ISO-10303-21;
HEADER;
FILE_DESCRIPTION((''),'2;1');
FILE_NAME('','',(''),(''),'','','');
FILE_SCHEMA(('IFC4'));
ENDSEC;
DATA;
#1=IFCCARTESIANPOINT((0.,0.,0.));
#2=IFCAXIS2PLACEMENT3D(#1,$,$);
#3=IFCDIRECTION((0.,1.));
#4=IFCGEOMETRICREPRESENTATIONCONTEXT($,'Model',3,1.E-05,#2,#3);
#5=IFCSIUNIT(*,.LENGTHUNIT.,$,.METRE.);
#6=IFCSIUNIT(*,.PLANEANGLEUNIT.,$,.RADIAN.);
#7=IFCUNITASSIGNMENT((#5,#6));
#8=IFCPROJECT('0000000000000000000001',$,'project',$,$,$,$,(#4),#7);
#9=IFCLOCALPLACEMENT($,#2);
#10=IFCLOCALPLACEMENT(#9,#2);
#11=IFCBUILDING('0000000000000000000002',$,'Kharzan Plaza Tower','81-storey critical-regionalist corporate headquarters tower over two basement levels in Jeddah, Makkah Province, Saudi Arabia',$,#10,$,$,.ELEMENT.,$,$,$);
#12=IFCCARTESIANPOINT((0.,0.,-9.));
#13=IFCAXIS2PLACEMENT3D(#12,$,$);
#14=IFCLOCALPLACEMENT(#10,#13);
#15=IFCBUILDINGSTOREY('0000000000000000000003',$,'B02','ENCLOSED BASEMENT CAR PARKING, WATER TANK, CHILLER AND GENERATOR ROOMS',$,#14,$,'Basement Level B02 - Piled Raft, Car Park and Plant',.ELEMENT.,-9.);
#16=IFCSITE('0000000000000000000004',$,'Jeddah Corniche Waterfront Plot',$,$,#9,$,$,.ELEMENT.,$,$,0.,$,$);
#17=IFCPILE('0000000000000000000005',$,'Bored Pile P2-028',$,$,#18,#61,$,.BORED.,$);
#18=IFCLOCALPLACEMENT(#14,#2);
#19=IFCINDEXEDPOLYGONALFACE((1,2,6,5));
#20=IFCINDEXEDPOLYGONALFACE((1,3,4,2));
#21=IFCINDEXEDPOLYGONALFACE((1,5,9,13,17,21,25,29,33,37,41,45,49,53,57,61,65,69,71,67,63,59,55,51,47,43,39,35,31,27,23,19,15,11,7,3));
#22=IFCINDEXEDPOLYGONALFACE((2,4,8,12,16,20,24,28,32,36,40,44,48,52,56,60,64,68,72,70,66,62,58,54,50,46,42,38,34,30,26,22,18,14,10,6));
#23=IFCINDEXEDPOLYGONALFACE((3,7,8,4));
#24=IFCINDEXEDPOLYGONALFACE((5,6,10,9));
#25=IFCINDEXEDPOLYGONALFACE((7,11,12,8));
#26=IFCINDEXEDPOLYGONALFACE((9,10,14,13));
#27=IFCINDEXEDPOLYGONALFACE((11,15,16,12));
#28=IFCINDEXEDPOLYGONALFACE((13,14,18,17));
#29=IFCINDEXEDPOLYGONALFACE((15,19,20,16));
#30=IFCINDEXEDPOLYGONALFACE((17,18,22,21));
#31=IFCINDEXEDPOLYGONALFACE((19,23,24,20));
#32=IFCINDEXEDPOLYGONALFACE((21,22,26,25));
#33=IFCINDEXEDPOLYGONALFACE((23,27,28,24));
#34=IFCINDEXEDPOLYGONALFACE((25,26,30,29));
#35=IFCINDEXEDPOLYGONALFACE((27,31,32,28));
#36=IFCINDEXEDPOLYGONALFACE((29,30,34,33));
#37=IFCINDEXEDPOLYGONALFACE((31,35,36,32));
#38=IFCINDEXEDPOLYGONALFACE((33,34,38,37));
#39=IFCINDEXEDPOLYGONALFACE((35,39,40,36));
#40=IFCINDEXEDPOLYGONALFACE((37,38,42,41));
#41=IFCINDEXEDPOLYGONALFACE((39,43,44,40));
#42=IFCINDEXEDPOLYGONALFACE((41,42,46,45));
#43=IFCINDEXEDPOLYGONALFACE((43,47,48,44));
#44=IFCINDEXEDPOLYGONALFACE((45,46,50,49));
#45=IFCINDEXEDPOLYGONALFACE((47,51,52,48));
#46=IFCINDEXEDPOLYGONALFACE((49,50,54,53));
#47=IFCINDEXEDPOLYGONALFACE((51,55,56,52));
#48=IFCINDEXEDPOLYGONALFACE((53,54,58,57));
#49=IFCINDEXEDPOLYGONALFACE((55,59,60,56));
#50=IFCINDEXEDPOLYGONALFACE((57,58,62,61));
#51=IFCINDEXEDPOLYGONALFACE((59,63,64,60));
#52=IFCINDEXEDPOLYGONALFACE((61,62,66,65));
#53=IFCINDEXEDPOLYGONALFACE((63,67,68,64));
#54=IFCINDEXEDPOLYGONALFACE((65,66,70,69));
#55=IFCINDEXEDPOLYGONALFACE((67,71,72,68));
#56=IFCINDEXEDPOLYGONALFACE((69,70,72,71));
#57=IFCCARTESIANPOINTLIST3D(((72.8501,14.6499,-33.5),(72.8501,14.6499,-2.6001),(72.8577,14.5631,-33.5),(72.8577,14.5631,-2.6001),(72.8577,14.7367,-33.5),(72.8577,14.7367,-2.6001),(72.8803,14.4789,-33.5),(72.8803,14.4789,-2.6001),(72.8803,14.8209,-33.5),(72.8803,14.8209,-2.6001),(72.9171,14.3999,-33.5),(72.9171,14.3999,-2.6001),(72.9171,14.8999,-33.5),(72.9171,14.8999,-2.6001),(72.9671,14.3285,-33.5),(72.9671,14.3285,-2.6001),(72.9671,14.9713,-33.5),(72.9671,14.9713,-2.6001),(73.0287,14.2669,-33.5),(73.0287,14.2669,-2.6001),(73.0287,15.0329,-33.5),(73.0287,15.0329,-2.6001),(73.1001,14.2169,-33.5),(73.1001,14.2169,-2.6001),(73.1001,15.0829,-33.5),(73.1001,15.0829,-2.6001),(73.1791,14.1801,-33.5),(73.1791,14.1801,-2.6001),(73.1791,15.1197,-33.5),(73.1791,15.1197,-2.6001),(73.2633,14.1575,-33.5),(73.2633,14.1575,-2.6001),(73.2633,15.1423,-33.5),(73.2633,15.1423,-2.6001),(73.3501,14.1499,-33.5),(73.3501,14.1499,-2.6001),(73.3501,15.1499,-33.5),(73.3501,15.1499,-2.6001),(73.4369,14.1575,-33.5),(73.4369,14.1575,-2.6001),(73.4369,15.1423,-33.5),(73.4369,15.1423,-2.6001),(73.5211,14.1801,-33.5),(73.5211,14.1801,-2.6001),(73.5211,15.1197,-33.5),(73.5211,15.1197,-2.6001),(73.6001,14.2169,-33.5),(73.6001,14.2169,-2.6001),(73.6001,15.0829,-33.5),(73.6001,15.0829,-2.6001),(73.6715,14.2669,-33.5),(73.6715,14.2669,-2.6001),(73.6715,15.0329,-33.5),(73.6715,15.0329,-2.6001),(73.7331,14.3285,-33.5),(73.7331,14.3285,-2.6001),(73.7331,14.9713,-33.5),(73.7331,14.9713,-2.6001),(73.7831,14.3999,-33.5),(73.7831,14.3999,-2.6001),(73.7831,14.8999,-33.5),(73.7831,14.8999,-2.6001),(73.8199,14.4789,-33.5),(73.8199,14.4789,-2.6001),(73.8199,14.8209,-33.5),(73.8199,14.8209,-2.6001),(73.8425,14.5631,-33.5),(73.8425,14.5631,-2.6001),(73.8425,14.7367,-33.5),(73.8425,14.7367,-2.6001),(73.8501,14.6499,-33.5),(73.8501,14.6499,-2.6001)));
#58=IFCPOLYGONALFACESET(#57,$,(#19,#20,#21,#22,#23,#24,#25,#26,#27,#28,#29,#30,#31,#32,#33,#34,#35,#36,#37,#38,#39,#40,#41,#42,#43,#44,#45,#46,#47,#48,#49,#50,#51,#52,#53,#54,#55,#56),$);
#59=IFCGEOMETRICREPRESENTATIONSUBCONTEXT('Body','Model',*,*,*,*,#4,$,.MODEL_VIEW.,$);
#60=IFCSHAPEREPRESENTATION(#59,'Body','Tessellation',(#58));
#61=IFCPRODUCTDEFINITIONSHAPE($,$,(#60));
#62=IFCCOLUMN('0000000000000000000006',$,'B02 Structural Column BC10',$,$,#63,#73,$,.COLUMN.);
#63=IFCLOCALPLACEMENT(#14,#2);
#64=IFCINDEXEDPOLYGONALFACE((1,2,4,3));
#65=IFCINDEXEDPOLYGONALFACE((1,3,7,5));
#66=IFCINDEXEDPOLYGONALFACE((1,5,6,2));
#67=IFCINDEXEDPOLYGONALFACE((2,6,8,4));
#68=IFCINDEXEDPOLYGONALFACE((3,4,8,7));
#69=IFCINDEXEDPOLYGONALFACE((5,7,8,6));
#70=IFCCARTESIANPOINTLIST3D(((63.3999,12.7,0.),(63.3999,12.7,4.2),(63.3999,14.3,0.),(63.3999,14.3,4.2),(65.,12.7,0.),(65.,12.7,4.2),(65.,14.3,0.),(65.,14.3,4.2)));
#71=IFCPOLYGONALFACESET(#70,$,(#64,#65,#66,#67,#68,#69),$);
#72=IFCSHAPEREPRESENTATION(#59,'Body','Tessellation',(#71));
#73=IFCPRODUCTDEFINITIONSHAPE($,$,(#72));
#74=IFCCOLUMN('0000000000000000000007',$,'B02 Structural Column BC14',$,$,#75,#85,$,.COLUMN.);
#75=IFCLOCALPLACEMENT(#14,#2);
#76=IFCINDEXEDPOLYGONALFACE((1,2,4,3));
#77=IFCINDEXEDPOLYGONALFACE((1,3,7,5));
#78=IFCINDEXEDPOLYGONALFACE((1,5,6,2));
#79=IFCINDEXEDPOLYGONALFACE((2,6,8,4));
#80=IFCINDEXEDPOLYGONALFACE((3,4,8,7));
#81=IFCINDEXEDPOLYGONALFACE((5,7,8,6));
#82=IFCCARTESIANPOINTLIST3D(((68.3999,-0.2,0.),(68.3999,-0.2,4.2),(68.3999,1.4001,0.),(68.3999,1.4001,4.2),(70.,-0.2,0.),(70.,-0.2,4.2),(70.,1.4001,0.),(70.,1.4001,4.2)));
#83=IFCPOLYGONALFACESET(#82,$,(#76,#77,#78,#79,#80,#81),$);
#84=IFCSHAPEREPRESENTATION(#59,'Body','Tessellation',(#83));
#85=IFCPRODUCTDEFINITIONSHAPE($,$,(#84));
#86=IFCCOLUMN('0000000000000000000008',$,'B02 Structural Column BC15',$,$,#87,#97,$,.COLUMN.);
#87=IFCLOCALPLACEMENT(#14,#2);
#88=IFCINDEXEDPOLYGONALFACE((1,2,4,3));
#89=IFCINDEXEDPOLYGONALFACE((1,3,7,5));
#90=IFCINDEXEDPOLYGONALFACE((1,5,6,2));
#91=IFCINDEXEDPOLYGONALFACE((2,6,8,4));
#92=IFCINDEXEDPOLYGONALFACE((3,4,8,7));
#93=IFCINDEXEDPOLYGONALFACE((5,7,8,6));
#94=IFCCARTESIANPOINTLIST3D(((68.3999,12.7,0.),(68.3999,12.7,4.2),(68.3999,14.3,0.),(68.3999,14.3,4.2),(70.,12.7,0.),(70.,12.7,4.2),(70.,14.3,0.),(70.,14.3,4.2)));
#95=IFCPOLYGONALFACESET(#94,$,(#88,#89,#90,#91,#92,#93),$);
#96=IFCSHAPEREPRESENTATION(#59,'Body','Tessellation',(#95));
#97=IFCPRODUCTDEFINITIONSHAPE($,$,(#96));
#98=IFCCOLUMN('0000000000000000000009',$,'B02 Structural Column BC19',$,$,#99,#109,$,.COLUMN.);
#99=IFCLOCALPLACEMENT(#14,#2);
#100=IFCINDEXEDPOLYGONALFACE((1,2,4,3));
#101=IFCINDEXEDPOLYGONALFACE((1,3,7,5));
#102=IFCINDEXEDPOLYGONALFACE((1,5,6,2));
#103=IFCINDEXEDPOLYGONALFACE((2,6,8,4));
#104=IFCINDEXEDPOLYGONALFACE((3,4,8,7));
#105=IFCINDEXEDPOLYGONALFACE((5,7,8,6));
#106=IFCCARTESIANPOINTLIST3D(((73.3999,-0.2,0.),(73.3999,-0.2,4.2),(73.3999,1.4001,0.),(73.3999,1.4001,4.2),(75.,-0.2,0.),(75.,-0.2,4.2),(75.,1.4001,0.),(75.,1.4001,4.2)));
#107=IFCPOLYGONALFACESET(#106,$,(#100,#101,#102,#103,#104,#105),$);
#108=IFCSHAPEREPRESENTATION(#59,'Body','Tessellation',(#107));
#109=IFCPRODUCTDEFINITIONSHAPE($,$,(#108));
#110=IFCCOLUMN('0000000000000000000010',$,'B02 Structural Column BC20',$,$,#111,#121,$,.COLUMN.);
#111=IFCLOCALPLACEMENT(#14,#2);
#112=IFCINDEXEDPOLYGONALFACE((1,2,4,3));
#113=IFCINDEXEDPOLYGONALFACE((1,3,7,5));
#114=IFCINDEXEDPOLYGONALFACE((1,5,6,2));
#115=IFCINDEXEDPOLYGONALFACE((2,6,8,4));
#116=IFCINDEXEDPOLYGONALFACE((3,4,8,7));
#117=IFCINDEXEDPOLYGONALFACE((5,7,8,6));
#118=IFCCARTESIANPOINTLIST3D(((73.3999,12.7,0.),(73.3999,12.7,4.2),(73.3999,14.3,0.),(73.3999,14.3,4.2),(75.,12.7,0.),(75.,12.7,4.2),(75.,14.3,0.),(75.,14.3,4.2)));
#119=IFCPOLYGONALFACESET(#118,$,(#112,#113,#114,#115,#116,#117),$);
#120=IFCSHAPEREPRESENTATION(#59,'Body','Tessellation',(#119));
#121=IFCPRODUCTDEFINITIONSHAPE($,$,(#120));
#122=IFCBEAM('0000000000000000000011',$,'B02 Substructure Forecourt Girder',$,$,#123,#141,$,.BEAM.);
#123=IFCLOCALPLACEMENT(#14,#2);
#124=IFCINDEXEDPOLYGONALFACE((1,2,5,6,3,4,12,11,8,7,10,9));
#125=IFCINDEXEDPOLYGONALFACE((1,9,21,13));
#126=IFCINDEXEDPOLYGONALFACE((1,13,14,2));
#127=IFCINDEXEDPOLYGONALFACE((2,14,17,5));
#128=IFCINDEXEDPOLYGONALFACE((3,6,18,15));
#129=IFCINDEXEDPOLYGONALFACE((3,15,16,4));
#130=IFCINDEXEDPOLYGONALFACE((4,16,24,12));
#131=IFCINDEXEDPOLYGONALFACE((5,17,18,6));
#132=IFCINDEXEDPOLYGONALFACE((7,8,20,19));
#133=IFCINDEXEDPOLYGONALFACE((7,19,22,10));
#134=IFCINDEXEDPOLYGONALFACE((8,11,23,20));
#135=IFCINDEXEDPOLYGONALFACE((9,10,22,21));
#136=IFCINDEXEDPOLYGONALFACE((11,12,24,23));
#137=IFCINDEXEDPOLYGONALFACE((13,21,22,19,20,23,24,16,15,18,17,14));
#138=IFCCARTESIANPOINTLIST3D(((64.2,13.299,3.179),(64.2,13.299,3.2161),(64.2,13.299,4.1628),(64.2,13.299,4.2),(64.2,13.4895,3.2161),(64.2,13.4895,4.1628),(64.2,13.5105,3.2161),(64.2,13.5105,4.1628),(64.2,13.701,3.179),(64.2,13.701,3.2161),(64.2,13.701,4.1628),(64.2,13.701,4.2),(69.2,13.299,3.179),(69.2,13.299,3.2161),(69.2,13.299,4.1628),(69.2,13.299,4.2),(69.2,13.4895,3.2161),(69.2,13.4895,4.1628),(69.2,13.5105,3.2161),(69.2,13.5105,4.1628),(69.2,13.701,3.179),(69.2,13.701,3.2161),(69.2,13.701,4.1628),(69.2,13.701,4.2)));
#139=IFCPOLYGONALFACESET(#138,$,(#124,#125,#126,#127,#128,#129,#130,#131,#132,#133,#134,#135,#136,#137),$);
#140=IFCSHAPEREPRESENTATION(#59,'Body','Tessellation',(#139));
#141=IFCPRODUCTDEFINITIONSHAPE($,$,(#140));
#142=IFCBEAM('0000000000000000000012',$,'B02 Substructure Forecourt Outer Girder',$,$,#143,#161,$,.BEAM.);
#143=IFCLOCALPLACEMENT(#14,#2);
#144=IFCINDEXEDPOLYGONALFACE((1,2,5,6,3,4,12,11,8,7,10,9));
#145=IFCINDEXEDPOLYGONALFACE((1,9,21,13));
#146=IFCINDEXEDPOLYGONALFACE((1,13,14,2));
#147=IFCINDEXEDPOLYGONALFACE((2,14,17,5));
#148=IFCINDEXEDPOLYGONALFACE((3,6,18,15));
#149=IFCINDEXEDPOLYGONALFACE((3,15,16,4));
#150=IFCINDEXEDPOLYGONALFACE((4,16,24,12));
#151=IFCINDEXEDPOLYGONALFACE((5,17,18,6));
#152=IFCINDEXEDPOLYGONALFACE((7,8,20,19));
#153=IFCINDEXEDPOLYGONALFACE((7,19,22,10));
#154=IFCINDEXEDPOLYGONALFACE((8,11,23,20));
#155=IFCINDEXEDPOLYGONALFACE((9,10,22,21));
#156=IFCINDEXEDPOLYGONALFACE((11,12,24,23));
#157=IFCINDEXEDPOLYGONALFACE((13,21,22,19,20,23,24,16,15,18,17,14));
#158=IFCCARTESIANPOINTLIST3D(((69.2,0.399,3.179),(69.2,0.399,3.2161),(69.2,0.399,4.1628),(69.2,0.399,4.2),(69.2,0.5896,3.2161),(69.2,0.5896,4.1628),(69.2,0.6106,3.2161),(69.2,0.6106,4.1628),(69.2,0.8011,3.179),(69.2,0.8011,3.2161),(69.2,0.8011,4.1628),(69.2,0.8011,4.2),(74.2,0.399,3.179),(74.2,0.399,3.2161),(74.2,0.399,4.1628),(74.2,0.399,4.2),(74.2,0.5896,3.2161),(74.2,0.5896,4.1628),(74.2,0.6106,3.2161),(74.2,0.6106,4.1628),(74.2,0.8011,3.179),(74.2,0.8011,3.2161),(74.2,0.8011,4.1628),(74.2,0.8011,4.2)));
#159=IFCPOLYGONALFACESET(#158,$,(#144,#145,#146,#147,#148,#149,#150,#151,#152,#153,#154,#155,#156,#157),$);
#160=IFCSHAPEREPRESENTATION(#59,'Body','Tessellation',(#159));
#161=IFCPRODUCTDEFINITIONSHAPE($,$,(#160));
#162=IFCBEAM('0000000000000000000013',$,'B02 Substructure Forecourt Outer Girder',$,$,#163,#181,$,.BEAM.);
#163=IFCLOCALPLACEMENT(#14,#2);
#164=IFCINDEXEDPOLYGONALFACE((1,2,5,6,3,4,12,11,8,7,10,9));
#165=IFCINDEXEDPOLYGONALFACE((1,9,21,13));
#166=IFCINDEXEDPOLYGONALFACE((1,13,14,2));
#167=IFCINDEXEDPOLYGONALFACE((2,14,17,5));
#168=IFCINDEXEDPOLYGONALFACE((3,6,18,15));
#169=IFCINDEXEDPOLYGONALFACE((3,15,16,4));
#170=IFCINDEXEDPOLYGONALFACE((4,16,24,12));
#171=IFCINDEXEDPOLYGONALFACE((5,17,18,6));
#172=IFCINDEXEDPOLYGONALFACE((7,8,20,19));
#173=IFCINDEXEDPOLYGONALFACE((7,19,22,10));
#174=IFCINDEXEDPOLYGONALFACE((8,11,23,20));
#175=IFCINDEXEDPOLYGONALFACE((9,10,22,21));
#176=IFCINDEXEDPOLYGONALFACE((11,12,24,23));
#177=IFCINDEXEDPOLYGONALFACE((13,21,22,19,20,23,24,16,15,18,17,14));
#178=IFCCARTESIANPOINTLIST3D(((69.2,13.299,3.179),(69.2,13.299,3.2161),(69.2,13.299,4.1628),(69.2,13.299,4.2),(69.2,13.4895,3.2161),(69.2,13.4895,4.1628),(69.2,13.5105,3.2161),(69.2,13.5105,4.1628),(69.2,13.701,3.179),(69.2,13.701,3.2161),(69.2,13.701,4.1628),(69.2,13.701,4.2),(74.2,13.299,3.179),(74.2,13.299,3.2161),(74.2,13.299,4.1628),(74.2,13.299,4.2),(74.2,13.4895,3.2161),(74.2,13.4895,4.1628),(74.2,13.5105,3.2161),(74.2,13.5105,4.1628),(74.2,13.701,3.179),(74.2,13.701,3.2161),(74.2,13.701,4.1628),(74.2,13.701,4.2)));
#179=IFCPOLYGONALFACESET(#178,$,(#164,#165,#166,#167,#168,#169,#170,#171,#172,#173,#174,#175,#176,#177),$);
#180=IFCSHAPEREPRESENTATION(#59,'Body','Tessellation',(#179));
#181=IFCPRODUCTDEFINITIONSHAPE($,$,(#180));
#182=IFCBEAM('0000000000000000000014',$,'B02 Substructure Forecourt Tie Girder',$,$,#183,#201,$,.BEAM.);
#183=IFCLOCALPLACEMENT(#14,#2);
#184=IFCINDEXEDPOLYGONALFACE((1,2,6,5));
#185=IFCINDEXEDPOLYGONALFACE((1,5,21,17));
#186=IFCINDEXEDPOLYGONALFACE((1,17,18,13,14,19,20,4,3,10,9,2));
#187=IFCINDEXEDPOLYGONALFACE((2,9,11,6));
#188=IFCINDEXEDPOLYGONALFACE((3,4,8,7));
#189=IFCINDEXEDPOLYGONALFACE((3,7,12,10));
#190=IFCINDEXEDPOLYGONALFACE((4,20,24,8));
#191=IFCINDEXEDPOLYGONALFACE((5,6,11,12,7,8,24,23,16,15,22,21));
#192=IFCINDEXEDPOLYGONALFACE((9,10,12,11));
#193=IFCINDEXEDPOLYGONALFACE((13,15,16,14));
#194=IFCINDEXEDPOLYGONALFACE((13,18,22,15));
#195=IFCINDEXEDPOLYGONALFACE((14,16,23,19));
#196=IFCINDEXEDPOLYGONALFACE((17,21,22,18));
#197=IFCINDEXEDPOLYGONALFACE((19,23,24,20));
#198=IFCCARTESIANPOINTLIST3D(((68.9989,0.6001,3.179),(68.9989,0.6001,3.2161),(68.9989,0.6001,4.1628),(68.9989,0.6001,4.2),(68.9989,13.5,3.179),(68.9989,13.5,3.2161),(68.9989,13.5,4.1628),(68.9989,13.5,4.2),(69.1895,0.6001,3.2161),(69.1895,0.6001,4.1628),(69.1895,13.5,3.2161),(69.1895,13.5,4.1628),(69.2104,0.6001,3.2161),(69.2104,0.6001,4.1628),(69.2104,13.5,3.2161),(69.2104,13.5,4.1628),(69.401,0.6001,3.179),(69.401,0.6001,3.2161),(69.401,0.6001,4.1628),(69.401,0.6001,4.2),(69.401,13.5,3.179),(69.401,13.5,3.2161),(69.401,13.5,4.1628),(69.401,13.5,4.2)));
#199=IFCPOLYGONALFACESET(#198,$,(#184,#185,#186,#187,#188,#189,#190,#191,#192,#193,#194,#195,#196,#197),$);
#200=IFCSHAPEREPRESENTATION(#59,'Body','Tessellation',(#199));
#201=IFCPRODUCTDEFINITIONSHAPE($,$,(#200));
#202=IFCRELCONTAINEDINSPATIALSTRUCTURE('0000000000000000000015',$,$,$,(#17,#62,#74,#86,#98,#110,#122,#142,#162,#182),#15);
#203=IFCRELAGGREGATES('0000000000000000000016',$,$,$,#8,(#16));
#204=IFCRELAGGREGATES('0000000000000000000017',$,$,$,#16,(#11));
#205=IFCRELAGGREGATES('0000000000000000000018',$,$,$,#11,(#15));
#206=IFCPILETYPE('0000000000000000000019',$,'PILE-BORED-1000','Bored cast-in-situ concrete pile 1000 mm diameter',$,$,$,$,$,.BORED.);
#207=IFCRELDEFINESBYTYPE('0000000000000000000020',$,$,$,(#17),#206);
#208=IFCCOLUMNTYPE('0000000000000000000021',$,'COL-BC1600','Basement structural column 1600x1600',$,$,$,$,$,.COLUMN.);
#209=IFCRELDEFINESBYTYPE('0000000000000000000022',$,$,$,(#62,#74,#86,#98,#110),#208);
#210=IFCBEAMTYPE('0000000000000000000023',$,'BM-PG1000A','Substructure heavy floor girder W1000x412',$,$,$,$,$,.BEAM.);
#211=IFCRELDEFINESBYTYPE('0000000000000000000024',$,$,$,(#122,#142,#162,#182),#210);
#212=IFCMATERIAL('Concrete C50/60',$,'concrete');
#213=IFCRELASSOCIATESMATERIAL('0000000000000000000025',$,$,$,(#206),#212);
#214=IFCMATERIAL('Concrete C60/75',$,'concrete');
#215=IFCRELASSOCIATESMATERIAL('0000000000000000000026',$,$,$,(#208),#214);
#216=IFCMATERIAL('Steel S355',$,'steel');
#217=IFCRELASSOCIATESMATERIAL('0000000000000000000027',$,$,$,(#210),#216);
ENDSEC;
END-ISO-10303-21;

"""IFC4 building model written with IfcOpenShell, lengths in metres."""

from ifc_helpers import new_model, si_unit, direction, frame, origin, origin_2d, place, context, subcontext, project, spatial, rectangle, circle, i_section, extrude, source, transform, mapped, material, material_profile, profile_set, type_object, element, save


model = new_model("IFC4")

# Units and contexts
model_context = context("Model", 3, precision=1e-05, world=origin(), true_north=direction((0.0, 1.0)))
body_context = subcontext(model_context, "Body", "Model", "MODEL_VIEW")
ifc_project = project(units=[si_unit("LENGTHUNIT", "METRE"), si_unit("PLANEANGLEUNIT", "RADIAN")], contexts=[model_context])

# Site, building, storey
site_placement = place(None, origin())
site = spatial("IfcSite", under=ifc_project, at=site_placement, Name="Jeddah Corniche Waterfront Plot", CompositionType="ELEMENT", RefElevation=0.0)
building_placement = place(site_placement, origin())
building = spatial("IfcBuilding", under=site, at=building_placement, Name="Kharzan Plaza Tower", Description="81-storey critical-regionalist corporate headquarters tower over two basement levels in Jeddah, Makkah Province, Saudi Arabia", CompositionType="ELEMENT")
storey_placement = place(building_placement, frame((0.0, 0.0, -9.0)))
storey = spatial("IfcBuildingStorey", under=building, at=storey_placement, Name="B02", Description="ENCLOSED BASEMENT CAR PARKING, WATER TANK, CHILLER AND GENERATOR ROOMS", LongName="Basement Level B02 - Piled Raft, Car Park and Plant", CompositionType="ELEMENT", Elevation=-9.0)

# Shared definitions
ifc_material_1 = material(Name="Concrete C50/60", Category="concrete")

# Pile
ifc_material_profile_1 = material_profile(ifc_material_1, circle(Radius=0.5, at=origin_2d()), Name="PILE-D1000")
ifc_profile_set_1 = profile_set([ifc_material_profile_1], Name="Concrete C50/60")
pile_type = type_object("IfcPileType", Name="PILE-BORED-1000", Description="Bored cast-in-situ concrete pile 1000 mm diameter", PredefinedType="BORED", material=ifc_profile_set_1)
shared_shape_1 = source(origin(), body_context, "Body", "SweptSolid", [
    extrude(circle(Radius=0.5, at=origin_2d()), origin(), (0.0, 0.0, 1.0), 30.8999),
])
for number, where, z_axis, x_axis, name in (
    (1, (73.3501, 14.6499, -2.6001), (0.0, 0.0, -1.0), (1.0, 0.0, 0.0), "Bored Pile P2-028"),
):
    element("IfcPile", number, at=place(storey_placement, frame(where, z_axis=z_axis, x_axis=x_axis)), inside=storey, type_object=pile_type, Name=name, PredefinedType="BORED", context=body_context, shape_type="MappedRepresentation", body=[
        mapped(shared_shape_1, transform((0.0, 0.0, 0.0), x_axis=(1.0, 0.0, 0.0), y_axis=(0.0, 1.0, 0.0), z_axis=(0.0, 0.0, 1.0))),
    ])

# Columns
ifc_material_2 = material(Name="Concrete C60/75", Category="concrete")
ifc_material_profile_2 = material_profile(ifc_material_2, rectangle(XDim=1.6001, YDim=1.6001, at=origin_2d()), Name="RC-MC1600x1600")
ifc_profile_set_2 = profile_set([ifc_material_profile_2], Name="Concrete C60/75")
column_type = type_object("IfcColumnType", Name="COL-BC1600", Description="Basement structural column 1600x1600", PredefinedType="COLUMN", material=ifc_profile_set_2)
shared_shape_2 = source(origin(), body_context, "Body", "SweptSolid", [
    extrude(rectangle(XDim=1.6001, YDim=1.6001, at=origin_2d()), origin(), (0.0, 0.0, 1.0), 4.2),
])
for number, where, z_axis, x_axis, name in (
    (2, (64.2, 13.5, 0.0), (0.0, 0.0, 1.0), (1.0, 0.0, 0.0), "B02 Structural Column BC10"),
    (3, (69.2, 0.6001, 0.0), (0.0, 0.0, 1.0), (1.0, 0.0, 0.0), "B02 Structural Column BC14"),
    (4, (69.2, 13.5, 0.0), (0.0, 0.0, 1.0), (1.0, 0.0, 0.0), "B02 Structural Column BC15"),
    (5, (74.2, 0.6001, 0.0), (0.0, 0.0, 1.0), (1.0, 0.0, 0.0), "B02 Structural Column BC19"),
    (6, (74.2, 13.5, 0.0), (0.0, 0.0, 1.0), (1.0, 0.0, 0.0), "B02 Structural Column BC20"),
):
    element("IfcColumn", number, at=place(storey_placement, frame(where, z_axis=z_axis, x_axis=x_axis)), inside=storey, type_object=column_type, Name=name, PredefinedType="COLUMN", context=body_context, shape_type="MappedRepresentation", body=[
        mapped(shared_shape_2, transform((0.0, 0.0, 0.0), x_axis=(1.0, 0.0, 0.0), y_axis=(0.0, 1.0, 0.0), z_axis=(0.0, 0.0, 1.0))),
    ])

# Beams
ifc_material_3 = material(Name="Steel S355", Category="steel")
ifc_material_profile_3 = material_profile(ifc_material_3, i_section(OverallWidth=0.4021, OverallDepth=1.021, WebThickness=0.021, FlangeThickness=0.0371, at=origin_2d()), Name="W1000x412")
ifc_profile_set_3 = profile_set([ifc_material_profile_3], Name="Steel S355")
beam_type = type_object("IfcBeamType", Name="BM-PG1000A", Description="Substructure heavy floor girder W1000x412", PredefinedType="BEAM", material=ifc_profile_set_3)
shared_shape_3 = source(origin(), body_context, "Body", "SweptSolid", [
    extrude(i_section(OverallWidth=0.4021, OverallDepth=1.021, WebThickness=0.021, FlangeThickness=0.0371, at=origin_2d()), origin(), (0.0, 0.0, 1.0), 5.0),
])
for number, where, z_axis, x_axis, name in (
    (7, (64.2, 13.5, 3.6895), (1.0, 0.0, 0.0), (0.0, 1.0, 0.0), "B02 Substructure Forecourt Girder"),
    (8, (69.2, 0.6001, 3.6895), (1.0, 0.0, 0.0), (0.0, 1.0, 0.0), "B02 Substructure Forecourt Outer Girder"),
    (9, (69.2, 13.5, 3.6895), (1.0, 0.0, 0.0), (0.0, 1.0, 0.0), "B02 Substructure Forecourt Outer Girder"),
):
    element("IfcBeam", number, at=place(storey_placement, frame(where, z_axis=z_axis, x_axis=x_axis)), inside=storey, type_object=beam_type, Name=name, PredefinedType="BEAM", context=body_context, shape_type="MappedRepresentation", body=[
        mapped(shared_shape_3, transform((0.0, 0.0, 0.0), x_axis=(1.0, 0.0, 0.0), y_axis=(0.0, 1.0, 0.0), z_axis=(0.0, 0.0, 1.0))),
    ])
shared_shape_4 = source(origin(), body_context, "Body", "SweptSolid", [
    extrude(i_section(OverallWidth=0.4021, OverallDepth=1.021, WebThickness=0.021, FlangeThickness=0.0371, at=origin_2d()), origin(), (0.0, 0.0, 1.0), 12.8999),
])
for number, where, z_axis, x_axis, name in (
    (10, (69.2, 0.6001, 3.6895), (0.0, 1.0, 0.0), (-1.0, 0.0, 0.0), "B02 Substructure Forecourt Tie Girder"),
):
    element("IfcBeam", number, at=place(storey_placement, frame(where, z_axis=z_axis, x_axis=x_axis)), inside=storey, type_object=beam_type, Name=name, PredefinedType="BEAM", context=body_context, shape_type="MappedRepresentation", body=[
        mapped(shared_shape_4, transform((0.0, 0.0, 0.0), x_axis=(1.0, 0.0, 0.0), y_axis=(0.0, 1.0, 0.0), z_axis=(0.0, 0.0, 1.0))),
    ])

save(model, "model.ifc")
